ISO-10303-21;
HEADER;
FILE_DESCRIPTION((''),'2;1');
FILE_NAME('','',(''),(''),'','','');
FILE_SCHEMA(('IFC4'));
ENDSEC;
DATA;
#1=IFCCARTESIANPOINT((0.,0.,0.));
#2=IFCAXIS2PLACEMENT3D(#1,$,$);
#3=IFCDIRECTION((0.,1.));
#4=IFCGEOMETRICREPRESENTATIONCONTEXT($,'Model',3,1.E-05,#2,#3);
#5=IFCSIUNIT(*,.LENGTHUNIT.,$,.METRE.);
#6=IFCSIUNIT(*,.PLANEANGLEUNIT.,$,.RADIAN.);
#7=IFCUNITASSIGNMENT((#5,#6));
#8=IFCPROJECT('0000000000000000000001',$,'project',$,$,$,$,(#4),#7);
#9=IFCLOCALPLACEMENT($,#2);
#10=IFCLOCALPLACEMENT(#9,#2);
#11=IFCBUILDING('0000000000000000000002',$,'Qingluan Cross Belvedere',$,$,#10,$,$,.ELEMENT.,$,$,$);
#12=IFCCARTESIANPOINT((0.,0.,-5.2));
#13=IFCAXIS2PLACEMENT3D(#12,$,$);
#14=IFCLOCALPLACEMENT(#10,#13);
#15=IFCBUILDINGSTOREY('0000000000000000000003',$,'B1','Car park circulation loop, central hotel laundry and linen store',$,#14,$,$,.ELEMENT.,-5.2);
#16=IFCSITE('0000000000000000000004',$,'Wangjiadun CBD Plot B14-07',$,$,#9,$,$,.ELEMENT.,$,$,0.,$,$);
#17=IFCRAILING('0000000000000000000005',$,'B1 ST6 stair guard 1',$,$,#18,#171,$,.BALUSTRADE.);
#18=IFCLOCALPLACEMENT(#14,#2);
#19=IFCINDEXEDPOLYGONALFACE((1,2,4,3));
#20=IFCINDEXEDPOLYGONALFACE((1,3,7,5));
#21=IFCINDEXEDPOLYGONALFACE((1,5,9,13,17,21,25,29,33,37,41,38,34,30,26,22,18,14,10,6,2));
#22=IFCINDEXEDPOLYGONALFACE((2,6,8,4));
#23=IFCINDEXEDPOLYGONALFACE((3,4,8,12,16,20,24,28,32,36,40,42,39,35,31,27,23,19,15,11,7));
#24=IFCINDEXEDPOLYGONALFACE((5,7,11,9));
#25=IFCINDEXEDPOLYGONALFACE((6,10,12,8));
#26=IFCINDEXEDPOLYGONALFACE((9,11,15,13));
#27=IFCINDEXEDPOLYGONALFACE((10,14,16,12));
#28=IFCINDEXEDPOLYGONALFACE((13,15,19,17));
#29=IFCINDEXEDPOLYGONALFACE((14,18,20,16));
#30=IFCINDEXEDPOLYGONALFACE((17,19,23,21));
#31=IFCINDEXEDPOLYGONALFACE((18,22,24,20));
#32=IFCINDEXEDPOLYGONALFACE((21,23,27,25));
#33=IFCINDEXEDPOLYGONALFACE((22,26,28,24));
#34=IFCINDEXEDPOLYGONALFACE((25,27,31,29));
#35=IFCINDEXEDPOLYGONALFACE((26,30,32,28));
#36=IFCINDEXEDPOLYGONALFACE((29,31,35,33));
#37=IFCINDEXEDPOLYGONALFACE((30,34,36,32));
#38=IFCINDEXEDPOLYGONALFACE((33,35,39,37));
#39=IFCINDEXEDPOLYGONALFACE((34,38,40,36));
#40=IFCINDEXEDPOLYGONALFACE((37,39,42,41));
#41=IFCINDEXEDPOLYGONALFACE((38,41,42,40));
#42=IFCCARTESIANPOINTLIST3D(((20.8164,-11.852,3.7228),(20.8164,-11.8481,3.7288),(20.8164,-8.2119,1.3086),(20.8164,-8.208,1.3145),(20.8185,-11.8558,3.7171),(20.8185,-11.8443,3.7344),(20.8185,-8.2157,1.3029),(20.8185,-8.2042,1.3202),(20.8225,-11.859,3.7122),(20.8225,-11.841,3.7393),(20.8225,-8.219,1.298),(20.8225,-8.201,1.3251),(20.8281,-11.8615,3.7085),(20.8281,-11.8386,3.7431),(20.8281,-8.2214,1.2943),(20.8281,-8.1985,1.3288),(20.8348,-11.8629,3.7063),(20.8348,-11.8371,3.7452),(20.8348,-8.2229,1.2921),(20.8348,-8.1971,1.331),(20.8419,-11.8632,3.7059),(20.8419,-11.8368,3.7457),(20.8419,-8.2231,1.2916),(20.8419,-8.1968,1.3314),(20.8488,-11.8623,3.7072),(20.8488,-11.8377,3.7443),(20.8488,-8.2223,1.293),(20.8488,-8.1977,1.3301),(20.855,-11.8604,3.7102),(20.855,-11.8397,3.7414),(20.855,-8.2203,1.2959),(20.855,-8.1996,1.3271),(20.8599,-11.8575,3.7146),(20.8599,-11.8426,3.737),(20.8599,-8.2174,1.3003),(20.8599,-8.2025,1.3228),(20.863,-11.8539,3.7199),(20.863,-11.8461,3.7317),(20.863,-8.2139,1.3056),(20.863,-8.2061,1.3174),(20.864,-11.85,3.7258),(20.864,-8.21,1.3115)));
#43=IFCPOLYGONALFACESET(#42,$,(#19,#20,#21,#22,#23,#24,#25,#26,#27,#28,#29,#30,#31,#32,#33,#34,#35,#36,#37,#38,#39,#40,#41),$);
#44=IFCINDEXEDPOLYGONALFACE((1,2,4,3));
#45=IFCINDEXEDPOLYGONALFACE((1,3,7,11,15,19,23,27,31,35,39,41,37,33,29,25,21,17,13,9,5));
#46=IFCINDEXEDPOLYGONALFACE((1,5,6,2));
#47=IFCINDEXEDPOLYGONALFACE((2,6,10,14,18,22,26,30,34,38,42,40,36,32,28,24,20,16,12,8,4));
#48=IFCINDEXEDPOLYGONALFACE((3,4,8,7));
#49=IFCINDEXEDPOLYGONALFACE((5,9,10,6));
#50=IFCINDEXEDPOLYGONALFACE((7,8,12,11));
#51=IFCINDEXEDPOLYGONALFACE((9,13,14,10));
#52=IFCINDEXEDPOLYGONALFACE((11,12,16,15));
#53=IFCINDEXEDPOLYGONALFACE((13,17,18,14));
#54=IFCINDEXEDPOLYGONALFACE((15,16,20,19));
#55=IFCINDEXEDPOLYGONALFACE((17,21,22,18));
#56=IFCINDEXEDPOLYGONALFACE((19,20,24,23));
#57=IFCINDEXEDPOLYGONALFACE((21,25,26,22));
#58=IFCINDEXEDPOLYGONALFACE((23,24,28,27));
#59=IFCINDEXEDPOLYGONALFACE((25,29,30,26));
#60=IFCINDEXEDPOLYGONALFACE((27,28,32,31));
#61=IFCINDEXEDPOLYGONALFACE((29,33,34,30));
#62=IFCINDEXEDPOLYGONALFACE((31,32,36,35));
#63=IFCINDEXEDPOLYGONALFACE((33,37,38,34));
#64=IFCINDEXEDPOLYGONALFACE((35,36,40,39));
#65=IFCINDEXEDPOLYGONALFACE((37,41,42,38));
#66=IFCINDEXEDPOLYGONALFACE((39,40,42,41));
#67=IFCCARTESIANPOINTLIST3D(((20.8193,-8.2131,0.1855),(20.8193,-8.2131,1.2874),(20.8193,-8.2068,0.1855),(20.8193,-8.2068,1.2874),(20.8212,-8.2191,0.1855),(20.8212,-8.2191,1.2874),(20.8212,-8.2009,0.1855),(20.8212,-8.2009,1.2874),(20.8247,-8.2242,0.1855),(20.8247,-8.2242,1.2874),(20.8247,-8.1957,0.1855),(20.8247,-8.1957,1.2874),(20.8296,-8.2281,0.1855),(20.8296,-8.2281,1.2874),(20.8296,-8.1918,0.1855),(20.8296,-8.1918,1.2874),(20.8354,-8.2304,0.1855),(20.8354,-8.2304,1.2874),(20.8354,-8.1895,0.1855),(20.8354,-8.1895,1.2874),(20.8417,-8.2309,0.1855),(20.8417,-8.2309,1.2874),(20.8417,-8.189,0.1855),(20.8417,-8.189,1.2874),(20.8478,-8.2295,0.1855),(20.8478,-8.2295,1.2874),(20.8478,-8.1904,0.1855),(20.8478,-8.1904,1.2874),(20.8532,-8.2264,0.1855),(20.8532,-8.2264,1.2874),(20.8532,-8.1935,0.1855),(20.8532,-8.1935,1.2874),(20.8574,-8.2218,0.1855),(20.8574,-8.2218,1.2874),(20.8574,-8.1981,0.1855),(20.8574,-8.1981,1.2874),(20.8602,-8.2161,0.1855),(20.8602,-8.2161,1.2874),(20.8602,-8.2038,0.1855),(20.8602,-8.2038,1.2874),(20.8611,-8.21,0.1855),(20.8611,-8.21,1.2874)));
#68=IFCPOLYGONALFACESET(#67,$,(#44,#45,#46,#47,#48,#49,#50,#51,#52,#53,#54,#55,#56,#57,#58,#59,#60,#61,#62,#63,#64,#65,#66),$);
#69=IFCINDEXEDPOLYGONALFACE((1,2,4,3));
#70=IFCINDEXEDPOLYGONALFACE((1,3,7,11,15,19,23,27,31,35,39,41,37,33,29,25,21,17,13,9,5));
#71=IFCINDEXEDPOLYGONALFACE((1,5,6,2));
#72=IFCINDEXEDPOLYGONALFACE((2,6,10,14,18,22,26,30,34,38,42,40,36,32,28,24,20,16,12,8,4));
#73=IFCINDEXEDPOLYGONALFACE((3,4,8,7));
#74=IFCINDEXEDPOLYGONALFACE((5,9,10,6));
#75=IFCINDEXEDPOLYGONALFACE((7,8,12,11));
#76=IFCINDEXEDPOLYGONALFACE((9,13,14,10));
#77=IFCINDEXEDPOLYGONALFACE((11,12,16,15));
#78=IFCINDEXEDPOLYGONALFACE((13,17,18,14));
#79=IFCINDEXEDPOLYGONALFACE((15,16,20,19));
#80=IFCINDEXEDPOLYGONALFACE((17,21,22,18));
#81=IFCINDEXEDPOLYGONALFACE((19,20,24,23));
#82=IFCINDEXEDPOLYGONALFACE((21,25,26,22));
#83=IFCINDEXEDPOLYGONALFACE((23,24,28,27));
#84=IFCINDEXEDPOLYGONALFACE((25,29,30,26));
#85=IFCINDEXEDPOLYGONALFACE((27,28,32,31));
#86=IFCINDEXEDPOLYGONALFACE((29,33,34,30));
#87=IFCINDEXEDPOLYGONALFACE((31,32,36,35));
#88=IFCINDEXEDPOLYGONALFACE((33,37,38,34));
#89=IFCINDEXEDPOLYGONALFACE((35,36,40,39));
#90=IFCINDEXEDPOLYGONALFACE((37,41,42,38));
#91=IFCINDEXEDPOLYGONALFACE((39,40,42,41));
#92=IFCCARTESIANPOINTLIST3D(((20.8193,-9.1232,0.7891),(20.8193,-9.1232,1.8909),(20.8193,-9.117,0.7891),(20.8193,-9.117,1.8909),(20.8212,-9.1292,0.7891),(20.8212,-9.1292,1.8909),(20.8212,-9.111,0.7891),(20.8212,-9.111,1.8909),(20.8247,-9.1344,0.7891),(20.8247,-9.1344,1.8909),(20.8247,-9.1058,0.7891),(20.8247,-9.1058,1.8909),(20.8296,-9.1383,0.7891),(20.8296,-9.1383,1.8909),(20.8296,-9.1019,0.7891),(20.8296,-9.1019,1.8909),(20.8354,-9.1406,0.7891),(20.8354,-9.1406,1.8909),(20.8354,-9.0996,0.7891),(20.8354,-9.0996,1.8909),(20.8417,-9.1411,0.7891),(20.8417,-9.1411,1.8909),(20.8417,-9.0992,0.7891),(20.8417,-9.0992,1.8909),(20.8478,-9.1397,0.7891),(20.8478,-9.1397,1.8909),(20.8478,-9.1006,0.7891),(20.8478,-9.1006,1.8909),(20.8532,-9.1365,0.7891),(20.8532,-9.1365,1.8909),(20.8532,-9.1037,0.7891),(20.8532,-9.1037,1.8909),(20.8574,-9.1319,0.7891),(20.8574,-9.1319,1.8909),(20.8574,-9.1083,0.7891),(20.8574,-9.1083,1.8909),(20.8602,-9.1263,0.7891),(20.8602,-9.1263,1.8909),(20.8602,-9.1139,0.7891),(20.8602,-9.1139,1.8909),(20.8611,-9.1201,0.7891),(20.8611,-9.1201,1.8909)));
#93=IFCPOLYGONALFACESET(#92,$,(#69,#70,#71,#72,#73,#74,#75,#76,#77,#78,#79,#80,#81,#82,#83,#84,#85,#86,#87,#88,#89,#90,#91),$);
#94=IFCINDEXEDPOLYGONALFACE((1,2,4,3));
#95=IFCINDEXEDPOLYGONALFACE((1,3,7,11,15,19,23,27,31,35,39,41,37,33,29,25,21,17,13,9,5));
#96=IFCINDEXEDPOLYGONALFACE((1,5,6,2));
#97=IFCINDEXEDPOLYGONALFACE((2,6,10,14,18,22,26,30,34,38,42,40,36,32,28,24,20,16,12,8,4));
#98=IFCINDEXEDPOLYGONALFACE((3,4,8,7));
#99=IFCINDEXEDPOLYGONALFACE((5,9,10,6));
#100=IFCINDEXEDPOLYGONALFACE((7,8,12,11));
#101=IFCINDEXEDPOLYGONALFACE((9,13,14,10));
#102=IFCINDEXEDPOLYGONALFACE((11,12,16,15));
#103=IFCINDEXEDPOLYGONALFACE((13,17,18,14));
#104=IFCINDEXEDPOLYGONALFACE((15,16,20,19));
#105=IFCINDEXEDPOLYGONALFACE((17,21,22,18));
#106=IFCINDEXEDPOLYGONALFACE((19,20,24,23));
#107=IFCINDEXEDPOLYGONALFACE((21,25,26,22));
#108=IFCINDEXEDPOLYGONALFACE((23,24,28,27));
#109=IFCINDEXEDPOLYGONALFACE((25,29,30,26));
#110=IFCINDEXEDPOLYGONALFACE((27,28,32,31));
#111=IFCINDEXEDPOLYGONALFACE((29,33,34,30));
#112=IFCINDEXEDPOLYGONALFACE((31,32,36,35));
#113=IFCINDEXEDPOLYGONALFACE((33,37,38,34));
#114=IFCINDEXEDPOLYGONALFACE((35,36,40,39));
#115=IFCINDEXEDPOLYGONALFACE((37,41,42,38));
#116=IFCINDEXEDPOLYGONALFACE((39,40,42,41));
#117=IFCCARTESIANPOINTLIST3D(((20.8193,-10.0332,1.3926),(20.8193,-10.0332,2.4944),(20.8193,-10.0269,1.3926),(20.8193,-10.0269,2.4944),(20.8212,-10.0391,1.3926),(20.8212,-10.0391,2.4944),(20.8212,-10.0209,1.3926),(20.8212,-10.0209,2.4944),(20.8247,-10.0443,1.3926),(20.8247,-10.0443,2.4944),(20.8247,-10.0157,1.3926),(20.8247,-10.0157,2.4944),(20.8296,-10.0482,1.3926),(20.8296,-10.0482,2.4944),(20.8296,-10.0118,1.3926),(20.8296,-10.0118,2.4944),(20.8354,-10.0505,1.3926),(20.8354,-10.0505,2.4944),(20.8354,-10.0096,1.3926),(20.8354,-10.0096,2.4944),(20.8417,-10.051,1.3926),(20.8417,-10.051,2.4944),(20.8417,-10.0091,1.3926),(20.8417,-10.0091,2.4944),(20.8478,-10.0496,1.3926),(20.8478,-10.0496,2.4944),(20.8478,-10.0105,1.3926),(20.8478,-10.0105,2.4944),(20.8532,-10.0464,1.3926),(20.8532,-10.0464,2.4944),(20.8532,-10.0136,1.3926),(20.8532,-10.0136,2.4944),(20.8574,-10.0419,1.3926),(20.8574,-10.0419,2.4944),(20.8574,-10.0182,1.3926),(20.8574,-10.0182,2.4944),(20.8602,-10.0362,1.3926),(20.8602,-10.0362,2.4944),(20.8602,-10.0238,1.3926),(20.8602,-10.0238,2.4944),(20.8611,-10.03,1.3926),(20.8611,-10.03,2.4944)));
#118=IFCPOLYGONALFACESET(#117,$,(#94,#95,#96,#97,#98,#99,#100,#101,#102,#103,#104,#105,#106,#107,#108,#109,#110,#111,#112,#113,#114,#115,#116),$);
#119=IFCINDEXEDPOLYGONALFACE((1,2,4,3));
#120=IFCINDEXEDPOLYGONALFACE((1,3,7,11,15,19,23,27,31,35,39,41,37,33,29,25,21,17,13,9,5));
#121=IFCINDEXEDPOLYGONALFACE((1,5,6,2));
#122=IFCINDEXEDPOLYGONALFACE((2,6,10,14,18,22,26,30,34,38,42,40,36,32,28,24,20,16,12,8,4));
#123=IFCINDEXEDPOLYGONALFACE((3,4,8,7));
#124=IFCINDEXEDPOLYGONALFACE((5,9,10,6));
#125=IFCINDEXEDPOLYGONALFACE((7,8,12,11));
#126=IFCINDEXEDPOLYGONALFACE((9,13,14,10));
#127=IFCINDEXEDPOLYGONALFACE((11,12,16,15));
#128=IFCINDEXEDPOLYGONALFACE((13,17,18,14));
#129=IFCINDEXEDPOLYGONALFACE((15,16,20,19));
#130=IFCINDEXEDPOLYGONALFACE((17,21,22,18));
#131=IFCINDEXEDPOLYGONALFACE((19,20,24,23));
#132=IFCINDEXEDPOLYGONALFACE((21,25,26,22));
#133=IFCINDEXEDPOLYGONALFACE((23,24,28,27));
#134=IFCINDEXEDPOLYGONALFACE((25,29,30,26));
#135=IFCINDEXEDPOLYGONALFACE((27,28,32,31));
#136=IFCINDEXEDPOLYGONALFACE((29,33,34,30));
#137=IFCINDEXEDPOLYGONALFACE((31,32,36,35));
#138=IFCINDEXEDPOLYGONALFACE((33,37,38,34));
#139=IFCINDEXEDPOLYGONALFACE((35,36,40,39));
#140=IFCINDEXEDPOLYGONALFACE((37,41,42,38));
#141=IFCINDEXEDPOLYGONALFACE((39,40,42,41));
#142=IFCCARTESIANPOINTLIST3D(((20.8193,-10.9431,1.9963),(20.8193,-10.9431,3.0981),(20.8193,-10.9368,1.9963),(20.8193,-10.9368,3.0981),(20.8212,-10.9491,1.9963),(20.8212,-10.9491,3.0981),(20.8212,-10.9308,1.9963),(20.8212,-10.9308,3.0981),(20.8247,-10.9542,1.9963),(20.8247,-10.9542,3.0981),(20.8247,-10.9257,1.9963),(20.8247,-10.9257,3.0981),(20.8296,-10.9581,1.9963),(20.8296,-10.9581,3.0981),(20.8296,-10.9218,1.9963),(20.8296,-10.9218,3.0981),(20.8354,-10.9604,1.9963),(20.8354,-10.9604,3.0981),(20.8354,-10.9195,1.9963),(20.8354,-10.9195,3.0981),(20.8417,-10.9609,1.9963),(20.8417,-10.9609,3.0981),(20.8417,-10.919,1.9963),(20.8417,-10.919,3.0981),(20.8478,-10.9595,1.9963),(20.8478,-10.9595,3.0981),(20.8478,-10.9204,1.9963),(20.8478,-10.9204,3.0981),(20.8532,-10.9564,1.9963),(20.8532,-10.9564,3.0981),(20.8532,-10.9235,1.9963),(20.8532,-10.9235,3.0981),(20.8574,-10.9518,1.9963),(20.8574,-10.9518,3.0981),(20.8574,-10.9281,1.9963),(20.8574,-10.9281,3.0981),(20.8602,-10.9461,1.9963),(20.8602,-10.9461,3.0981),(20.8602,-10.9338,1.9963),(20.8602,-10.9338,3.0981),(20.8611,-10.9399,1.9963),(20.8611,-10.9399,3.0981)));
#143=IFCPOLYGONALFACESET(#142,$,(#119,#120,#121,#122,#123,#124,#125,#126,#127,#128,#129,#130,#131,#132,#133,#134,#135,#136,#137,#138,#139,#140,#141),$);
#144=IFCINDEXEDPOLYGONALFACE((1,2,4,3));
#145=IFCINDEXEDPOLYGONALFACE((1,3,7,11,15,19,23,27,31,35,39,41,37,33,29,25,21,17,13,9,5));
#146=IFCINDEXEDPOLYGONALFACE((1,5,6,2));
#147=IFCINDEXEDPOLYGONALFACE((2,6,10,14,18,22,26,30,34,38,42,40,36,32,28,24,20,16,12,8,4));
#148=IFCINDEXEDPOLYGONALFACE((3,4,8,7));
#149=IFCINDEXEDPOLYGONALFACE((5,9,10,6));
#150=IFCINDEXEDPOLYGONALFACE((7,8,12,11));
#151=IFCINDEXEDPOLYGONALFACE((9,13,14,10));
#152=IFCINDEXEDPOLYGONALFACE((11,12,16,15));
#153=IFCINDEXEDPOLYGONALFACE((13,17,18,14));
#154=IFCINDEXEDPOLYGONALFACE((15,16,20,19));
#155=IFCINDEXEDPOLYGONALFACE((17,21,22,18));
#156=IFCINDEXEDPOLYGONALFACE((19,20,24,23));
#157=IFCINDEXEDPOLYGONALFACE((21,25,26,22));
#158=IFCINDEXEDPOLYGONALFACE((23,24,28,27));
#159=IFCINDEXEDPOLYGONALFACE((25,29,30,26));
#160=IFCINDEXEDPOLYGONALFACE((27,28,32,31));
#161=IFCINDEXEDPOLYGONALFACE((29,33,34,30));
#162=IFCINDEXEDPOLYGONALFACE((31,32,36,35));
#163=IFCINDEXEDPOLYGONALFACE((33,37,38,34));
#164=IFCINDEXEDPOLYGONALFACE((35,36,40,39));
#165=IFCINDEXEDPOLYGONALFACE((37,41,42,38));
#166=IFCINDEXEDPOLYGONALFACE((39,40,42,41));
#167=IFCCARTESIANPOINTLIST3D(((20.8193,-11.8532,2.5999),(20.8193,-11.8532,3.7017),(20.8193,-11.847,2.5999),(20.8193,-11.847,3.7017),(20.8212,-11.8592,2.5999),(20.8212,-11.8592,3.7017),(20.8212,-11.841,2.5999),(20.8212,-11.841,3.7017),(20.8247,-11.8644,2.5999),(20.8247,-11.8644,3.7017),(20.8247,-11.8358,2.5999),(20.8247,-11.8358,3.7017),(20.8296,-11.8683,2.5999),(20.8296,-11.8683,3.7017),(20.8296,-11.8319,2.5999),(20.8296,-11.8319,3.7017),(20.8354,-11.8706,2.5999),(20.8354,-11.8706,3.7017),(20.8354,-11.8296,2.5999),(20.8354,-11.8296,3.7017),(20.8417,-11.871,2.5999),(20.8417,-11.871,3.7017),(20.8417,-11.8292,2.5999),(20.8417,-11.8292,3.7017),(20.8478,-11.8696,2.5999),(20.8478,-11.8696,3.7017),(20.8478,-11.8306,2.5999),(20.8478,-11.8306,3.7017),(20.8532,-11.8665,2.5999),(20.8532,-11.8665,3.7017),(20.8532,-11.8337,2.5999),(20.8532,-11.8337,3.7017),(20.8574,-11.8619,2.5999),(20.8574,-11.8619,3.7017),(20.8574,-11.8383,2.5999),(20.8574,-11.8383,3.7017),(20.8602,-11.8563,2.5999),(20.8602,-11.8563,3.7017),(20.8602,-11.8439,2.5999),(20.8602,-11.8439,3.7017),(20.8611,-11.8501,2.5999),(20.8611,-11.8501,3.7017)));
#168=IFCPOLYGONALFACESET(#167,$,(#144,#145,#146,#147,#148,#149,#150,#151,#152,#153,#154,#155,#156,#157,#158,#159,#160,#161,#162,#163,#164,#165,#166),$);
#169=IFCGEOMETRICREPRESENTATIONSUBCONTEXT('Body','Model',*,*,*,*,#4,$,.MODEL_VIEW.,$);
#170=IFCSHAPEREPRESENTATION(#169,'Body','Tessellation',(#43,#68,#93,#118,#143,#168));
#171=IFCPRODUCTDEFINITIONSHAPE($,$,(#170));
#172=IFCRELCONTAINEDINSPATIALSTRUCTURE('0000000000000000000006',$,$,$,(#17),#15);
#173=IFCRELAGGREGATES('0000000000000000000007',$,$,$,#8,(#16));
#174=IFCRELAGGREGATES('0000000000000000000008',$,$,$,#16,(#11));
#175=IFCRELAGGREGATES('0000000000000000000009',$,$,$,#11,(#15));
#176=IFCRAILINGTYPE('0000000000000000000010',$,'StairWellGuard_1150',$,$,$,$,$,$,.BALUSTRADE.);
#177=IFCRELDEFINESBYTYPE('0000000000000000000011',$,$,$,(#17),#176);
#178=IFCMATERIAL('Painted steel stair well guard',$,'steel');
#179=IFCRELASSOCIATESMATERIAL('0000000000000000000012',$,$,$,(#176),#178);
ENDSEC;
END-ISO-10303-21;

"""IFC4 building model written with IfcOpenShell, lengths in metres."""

from ifc_helpers import new_model, si_unit, direction, frame, origin, origin_2d, place, context, subcontext, project, spatial, circle, extrude, material, type_object, element, save


model = new_model("IFC4")

# Units and contexts
model_context = context("Model", 3, precision=1e-05, world=origin(), true_north=direction((0.0, 1.0)))
body_context = subcontext(model_context, "Body", "Model", "MODEL_VIEW")
ifc_project = project(units=[si_unit("LENGTHUNIT", "METRE"), si_unit("PLANEANGLEUNIT", "RADIAN")], contexts=[model_context])

# Site, building, storey
site_placement = place(None, origin())
site = spatial("IfcSite", under=ifc_project, at=site_placement, Name="Wangjiadun CBD Plot B14-07", CompositionType="ELEMENT", RefElevation=0.0)
building_placement = place(site_placement, origin())
building = spatial("IfcBuilding", under=site, at=building_placement, Name="Qingluan Cross Belvedere", CompositionType="ELEMENT")
storey_placement = place(building_placement, frame((0.0, 0.0, -5.2)))
storey = spatial("IfcBuildingStorey", under=building, at=storey_placement, Name="B1", Description="Car park circulation loop, central hotel laundry and linen store", CompositionType="ELEMENT", Elevation=-5.2)

# Railing
ifc_material_1 = material(Name="Painted steel stair well guard", Category="steel")
railing_type_1 = type_object("IfcRailingType", Name="StairWellGuard_1150", PredefinedType="BALUSTRADE", material=ifc_material_1)
railing_1_placement = place(storey_placement, frame((20.8401, -8.21, 0.1855)))
element("IfcRailing", 1, at=railing_1_placement, inside=storey, type_object=railing_type_1, Name="B1 ST6 stair guard 1", PredefinedType="BALUSTRADE", context=body_context, shape_type="SweptSolid", body=[
    extrude(circle(Radius=0.0239, at=origin_2d()), frame((0.0, 0.0, 1.126), z_axis=(0.0, -0.833364, 0.552725), x_axis=(1.0, 0.0, 0.0)), (0.0, 0.0, 1.0), 4.3679),
    extrude(circle(Radius=0.021, at=origin_2d()), origin(), (0.0, 0.0, 1.0), 1.1018),
    extrude(circle(Radius=0.021, at=origin_2d()), frame((0.0, -0.9102, 0.6035)), (0.0, 0.0, 1.0), 1.1018),
    extrude(circle(Radius=0.021, at=origin_2d()), frame((0.0, -1.8201, 1.207)), (0.0, 0.0, 1.0), 1.1018),
    extrude(circle(Radius=0.021, at=origin_2d()), frame((0.0, -2.73, 1.8108)), (0.0, 0.0, 1.0), 1.1018),
    extrude(circle(Radius=0.021, at=origin_2d()), frame((0.0, -3.6401, 2.4143)), (0.0, 0.0, 1.0), 1.1018),
])

save(model, "model.ifc")
